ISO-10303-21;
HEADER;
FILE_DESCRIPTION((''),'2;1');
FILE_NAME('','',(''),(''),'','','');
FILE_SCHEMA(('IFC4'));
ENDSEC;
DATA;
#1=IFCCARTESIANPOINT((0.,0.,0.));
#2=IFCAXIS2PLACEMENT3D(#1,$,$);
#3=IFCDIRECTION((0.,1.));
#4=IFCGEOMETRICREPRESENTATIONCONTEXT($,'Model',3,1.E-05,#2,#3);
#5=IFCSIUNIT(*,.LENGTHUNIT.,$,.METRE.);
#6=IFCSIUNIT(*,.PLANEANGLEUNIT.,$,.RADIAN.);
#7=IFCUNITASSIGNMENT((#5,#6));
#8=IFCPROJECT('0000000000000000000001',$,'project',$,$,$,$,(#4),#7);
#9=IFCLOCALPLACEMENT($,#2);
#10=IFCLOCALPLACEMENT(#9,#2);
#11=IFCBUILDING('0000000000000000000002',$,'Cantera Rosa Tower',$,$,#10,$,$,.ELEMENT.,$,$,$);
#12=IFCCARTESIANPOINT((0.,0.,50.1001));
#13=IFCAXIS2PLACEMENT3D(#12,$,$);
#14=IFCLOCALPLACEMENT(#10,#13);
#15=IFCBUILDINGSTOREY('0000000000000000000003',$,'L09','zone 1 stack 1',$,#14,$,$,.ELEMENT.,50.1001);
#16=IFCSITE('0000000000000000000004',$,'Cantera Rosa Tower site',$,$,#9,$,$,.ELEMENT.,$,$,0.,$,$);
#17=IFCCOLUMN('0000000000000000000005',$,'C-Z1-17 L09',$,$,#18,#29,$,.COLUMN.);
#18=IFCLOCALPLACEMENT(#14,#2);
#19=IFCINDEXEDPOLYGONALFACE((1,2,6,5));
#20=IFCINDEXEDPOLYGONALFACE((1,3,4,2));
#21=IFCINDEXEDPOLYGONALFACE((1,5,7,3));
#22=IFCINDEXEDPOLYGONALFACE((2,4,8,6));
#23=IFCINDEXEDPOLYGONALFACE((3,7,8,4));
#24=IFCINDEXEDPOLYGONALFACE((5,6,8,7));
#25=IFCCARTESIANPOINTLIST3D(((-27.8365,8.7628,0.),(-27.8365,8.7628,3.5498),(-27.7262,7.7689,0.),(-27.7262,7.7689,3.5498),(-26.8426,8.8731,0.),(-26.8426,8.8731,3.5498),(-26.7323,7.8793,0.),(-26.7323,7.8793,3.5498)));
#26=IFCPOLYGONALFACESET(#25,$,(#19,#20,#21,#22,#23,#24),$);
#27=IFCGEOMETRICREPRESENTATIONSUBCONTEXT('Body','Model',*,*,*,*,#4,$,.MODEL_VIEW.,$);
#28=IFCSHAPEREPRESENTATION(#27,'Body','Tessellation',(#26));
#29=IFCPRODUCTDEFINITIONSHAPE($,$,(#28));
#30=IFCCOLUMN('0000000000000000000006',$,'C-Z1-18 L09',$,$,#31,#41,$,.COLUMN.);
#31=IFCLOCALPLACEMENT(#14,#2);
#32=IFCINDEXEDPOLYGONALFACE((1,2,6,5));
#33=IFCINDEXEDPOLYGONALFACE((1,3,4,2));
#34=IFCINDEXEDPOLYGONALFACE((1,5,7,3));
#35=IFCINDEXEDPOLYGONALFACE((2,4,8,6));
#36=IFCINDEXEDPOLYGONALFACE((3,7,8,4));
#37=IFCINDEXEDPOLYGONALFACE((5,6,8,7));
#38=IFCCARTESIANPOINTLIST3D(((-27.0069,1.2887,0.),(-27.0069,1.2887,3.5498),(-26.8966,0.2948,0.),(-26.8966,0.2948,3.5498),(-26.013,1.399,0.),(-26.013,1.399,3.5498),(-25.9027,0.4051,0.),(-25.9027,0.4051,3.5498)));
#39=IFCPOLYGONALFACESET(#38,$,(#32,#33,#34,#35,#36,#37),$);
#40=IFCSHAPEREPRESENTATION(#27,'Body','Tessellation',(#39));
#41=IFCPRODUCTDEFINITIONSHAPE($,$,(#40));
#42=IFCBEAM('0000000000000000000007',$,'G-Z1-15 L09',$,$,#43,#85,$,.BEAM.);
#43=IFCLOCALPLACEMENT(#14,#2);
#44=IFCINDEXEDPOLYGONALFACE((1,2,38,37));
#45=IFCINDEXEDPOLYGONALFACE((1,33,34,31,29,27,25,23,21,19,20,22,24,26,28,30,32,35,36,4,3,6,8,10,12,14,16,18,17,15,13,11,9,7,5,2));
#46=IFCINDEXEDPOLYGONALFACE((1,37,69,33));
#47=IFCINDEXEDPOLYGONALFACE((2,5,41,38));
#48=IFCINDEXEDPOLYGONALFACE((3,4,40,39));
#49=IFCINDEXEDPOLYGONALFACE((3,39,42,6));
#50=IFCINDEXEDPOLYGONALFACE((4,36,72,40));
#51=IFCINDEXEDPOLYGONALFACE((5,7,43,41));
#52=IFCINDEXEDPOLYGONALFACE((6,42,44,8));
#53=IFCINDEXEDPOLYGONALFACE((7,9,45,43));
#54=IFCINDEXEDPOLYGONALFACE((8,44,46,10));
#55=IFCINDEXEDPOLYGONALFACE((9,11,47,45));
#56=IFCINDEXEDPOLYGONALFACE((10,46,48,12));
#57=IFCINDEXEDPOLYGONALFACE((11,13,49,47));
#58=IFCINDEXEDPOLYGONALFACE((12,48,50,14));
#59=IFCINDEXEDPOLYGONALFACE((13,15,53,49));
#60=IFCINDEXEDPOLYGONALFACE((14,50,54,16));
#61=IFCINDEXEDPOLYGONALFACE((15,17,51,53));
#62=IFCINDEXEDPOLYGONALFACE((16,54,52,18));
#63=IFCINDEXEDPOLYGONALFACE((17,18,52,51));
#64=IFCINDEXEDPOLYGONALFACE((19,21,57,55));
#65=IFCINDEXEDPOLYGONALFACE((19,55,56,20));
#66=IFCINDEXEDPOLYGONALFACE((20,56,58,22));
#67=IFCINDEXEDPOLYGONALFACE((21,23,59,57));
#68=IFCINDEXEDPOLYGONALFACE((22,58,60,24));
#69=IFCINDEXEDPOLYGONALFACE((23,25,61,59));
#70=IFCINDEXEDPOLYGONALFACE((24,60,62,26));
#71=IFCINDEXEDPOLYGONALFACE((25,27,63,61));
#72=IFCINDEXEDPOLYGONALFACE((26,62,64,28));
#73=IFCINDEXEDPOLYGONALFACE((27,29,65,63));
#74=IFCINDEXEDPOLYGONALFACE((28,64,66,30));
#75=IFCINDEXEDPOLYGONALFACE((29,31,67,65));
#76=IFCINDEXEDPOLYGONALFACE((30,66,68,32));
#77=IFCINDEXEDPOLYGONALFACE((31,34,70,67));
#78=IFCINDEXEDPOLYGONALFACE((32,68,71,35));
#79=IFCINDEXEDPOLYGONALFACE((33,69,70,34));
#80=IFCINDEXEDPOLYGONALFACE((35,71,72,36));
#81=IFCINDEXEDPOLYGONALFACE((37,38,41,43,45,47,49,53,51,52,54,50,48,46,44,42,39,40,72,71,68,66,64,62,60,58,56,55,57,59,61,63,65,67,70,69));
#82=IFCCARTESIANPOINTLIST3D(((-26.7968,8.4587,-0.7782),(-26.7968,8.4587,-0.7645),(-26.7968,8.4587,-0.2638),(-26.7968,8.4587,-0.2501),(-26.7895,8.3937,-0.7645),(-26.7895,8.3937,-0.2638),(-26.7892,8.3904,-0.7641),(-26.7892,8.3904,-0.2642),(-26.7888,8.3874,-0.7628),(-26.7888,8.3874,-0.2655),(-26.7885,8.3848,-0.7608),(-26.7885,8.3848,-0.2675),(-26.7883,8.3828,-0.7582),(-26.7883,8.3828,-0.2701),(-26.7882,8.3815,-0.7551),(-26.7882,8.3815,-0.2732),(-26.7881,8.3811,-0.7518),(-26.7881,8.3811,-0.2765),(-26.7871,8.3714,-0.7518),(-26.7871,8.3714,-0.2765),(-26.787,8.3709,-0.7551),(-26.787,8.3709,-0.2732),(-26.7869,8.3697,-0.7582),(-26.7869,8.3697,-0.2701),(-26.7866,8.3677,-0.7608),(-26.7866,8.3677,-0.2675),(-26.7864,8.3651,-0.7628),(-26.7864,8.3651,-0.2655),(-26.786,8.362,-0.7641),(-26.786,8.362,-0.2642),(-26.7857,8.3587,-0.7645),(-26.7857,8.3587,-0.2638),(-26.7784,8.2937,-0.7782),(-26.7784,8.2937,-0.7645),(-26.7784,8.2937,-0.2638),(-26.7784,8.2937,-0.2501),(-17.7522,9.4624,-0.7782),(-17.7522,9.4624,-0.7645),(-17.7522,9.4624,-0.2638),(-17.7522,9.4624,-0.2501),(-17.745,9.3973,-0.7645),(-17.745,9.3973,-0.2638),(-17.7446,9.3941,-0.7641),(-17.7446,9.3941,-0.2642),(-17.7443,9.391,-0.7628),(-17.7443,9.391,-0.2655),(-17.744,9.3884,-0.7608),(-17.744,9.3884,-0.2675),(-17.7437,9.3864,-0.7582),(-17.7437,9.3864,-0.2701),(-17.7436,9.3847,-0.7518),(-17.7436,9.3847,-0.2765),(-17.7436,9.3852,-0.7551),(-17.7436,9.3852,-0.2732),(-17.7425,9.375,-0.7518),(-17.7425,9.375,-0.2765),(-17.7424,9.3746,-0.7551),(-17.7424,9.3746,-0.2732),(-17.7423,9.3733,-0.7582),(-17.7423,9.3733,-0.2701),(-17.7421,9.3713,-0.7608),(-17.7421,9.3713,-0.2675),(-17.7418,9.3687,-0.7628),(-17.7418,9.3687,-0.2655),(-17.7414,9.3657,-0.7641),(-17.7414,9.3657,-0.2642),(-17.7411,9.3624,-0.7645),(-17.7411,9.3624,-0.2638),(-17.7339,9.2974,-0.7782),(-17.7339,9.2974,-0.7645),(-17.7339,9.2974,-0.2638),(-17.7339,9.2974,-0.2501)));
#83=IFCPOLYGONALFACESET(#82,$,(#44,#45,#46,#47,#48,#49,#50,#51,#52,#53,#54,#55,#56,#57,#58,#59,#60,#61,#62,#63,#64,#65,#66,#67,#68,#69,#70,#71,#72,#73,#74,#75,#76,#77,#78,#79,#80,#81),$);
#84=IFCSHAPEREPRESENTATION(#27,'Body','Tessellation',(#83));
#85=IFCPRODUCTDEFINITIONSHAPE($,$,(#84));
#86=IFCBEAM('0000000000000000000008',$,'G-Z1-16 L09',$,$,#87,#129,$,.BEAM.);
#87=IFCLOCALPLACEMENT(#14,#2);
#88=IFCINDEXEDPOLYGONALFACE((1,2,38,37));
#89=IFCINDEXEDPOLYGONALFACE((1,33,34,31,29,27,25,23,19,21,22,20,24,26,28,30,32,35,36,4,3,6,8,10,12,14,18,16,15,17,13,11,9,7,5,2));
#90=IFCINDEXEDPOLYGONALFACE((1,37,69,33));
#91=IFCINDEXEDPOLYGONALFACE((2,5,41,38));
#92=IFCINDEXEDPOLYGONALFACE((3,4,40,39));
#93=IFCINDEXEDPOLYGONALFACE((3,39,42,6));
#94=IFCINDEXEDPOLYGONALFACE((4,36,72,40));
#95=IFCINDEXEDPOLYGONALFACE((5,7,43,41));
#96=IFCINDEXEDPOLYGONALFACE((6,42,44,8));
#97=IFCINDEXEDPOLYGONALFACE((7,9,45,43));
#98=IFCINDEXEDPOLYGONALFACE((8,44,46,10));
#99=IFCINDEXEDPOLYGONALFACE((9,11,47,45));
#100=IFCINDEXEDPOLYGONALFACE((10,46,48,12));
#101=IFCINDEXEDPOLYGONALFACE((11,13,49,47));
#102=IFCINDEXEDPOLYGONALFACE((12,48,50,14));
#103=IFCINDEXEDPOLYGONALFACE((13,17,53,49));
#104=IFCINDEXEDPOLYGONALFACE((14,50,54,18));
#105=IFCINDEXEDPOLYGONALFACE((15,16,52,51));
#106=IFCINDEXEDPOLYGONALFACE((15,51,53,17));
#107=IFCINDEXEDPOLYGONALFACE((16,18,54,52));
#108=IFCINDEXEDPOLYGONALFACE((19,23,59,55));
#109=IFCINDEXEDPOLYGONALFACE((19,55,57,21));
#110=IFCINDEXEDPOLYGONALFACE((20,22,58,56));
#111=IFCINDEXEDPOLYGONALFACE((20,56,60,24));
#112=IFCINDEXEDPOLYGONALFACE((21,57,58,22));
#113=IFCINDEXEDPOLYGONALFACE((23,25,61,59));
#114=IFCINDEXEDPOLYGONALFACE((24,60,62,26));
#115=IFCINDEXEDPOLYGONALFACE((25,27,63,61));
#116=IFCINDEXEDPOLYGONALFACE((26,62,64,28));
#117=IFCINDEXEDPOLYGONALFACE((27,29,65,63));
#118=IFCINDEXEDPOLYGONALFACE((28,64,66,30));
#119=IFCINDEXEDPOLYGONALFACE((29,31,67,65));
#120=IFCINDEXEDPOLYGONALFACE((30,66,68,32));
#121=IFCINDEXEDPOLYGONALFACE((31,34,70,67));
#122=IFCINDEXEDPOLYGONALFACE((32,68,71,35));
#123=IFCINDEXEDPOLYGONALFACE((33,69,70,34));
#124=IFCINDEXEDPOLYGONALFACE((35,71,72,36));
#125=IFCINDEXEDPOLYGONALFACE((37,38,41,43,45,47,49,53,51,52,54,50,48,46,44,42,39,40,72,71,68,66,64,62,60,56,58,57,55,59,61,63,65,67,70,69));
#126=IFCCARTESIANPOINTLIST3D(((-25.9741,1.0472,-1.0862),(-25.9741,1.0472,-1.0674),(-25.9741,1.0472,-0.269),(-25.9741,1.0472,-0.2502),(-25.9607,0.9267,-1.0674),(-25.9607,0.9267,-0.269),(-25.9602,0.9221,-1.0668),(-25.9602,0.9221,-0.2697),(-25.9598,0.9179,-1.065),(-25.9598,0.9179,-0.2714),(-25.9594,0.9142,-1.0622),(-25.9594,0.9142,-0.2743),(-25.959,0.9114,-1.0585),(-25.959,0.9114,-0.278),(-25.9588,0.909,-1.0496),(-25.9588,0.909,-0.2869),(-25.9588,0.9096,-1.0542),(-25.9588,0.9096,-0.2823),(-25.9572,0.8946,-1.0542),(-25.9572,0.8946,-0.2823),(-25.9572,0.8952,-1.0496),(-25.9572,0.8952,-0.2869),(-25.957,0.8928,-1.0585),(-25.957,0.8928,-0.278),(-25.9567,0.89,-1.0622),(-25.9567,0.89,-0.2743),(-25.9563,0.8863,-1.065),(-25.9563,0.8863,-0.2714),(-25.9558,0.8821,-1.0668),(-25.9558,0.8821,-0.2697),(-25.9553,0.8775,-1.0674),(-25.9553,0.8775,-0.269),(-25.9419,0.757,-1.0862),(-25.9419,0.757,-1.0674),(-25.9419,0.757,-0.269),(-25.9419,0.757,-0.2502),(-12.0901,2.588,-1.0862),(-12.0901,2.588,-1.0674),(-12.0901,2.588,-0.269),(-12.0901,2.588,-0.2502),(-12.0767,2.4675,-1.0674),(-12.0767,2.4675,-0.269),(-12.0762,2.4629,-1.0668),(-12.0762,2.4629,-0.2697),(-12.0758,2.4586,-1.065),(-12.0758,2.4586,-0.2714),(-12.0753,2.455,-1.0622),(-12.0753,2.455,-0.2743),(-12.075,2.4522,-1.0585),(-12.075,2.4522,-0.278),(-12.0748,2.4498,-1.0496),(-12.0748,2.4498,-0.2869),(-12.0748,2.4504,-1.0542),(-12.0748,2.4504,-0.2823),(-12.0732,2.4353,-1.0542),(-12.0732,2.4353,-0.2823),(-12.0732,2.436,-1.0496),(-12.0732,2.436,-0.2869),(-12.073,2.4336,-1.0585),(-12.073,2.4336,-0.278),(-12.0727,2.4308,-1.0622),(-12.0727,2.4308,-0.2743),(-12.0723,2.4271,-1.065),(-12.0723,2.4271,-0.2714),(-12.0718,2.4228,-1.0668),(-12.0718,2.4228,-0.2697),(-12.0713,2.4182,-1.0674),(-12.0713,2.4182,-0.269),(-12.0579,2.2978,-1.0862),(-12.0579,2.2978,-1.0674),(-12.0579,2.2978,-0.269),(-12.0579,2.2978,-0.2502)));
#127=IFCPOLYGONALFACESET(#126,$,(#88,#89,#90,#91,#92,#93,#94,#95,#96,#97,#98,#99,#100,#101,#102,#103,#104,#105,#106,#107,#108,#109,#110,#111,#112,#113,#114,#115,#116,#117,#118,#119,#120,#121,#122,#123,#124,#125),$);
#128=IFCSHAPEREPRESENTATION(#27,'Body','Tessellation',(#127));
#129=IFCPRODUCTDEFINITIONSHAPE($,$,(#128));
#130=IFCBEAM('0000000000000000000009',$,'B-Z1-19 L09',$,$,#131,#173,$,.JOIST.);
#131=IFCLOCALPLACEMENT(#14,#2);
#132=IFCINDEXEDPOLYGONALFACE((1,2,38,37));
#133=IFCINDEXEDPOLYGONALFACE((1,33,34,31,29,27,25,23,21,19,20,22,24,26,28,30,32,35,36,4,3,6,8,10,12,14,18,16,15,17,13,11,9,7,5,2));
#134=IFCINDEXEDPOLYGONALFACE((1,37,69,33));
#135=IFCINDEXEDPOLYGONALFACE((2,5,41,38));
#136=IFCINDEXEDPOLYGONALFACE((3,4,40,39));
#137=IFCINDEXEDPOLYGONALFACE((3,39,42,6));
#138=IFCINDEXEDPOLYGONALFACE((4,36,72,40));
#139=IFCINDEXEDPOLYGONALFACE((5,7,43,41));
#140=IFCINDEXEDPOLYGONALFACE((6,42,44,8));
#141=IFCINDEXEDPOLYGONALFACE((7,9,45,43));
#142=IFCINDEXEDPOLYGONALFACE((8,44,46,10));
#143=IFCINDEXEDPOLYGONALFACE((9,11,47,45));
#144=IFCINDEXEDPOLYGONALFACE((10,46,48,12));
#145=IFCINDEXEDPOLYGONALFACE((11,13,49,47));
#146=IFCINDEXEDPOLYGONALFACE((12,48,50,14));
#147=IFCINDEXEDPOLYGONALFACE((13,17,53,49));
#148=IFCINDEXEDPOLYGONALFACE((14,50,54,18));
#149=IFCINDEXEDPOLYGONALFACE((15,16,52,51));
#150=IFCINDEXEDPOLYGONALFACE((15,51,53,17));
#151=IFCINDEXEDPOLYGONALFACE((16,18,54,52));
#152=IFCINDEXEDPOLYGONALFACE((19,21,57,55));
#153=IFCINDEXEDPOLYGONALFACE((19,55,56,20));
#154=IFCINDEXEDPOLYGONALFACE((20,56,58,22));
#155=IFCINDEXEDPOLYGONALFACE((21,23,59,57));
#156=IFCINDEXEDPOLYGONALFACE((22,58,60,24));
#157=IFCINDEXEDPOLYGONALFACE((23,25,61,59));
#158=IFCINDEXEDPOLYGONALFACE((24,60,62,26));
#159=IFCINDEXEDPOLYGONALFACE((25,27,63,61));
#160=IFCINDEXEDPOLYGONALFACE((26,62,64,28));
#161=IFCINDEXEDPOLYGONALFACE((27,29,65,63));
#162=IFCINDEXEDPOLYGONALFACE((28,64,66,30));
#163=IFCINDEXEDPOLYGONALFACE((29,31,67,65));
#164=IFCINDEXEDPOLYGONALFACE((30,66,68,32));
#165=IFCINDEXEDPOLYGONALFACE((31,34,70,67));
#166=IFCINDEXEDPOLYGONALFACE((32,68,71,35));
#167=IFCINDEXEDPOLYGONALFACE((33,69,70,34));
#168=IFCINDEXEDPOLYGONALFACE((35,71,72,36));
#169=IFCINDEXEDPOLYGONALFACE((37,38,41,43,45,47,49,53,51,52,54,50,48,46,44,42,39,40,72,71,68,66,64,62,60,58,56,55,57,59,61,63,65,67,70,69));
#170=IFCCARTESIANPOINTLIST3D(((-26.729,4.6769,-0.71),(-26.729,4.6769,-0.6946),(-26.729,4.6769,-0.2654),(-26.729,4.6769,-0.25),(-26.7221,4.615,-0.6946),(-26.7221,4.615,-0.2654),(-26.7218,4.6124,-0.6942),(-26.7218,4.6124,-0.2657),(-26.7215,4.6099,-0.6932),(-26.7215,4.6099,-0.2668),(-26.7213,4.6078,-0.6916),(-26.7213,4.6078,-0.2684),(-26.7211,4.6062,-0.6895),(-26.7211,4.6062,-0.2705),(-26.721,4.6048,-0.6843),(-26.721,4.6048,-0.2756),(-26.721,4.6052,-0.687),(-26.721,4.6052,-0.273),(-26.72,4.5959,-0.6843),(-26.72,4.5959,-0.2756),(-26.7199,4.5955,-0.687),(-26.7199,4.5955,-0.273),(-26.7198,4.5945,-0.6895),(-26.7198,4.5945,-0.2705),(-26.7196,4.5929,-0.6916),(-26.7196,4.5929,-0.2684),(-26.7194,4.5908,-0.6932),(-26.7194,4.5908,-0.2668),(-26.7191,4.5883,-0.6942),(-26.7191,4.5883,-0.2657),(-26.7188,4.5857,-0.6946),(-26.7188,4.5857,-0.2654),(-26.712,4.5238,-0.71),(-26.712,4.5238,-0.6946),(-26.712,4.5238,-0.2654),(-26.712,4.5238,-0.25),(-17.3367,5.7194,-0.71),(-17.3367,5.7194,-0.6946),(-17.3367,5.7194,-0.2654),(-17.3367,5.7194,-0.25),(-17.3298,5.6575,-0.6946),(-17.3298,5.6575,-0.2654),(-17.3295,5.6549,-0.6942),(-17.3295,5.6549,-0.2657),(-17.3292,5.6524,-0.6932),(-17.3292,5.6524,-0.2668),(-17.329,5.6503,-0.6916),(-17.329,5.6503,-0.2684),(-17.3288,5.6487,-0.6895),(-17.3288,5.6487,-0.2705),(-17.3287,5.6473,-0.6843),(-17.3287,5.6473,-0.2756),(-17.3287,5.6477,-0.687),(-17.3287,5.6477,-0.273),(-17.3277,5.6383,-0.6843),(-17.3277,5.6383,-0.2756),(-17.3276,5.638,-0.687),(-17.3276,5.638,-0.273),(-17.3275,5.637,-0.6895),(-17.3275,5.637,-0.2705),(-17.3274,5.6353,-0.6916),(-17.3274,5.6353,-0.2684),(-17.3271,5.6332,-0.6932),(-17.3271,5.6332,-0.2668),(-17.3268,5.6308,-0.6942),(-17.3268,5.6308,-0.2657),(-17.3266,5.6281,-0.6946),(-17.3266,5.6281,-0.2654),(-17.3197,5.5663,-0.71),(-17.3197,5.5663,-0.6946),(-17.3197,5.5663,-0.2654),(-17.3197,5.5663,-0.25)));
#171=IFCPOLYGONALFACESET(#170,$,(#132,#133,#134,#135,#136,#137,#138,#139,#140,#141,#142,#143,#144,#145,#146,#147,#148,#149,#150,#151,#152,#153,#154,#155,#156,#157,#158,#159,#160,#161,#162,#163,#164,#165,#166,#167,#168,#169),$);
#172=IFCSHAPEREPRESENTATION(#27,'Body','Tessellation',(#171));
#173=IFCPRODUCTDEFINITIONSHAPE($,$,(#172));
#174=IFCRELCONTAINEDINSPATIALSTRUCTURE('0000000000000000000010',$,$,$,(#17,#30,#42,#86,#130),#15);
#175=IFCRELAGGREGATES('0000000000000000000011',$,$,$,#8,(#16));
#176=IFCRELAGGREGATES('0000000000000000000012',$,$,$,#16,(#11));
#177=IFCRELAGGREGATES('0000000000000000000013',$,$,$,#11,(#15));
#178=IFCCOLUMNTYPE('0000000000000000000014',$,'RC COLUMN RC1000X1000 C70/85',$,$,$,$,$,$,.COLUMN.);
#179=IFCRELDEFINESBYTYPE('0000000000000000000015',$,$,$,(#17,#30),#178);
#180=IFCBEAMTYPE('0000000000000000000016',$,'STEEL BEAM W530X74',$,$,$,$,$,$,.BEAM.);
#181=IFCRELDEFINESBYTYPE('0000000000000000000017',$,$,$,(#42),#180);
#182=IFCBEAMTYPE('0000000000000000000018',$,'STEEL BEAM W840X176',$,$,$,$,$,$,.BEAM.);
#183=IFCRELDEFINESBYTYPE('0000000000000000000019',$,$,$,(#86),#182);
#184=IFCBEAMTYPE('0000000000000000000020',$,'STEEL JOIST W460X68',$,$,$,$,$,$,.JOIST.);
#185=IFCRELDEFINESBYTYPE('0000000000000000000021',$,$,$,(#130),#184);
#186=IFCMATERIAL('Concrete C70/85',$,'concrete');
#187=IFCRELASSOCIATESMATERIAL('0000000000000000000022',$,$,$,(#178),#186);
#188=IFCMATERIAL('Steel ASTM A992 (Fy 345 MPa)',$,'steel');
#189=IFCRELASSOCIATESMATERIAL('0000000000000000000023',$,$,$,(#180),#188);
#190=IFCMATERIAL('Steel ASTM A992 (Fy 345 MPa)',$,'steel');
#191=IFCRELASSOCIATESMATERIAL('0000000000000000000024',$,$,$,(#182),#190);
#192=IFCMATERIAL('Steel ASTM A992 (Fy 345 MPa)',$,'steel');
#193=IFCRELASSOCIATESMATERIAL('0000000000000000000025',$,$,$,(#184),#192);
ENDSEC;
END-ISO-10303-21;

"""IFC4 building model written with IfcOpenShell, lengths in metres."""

from ifc_helpers import new_model, si_unit, direction, frame, origin, origin_2d, place, context, subcontext, project, spatial, rectangle, i_section, extrude, material, material_profile, profile_set, type_object, element, save


model = new_model("IFC4")

# Units and contexts
model_context = context("Model", 3, precision=1e-05, world=origin(), true_north=direction((0.0, 1.0)))
body_context = subcontext(model_context, "Body", "Model", "MODEL_VIEW")
ifc_project = project(units=[si_unit("LENGTHUNIT", "METRE"), si_unit("PLANEANGLEUNIT", "RADIAN")], contexts=[model_context])

# Site, building, storey
site_placement = place(None, origin())
site = spatial("IfcSite", under=ifc_project, at=site_placement, Name="Cantera Rosa Tower site", CompositionType="ELEMENT", RefElevation=0.0)
building_placement = place(site_placement, origin())
building = spatial("IfcBuilding", under=site, at=building_placement, Name="Cantera Rosa Tower", CompositionType="ELEMENT")
storey_placement = place(building_placement, frame((0.0, 0.0, 50.1001)))
storey = spatial("IfcBuildingStorey", under=building, at=storey_placement, Name="L09", Description="zone 1 stack 1", CompositionType="ELEMENT", Elevation=50.1001)

# Columns
ifc_material_1 = material(Name="Concrete C70/85", Category="concrete")
ifc_material_profile_1 = material_profile(ifc_material_1, rectangle(XDim=1.0, YDim=1.0, at=origin_2d()), Name="RC COLUMN RC1000X1000 C70/85")
ifc_profile_set_1 = profile_set([ifc_material_profile_1], Name="Concrete C70/85")
column_type = type_object("IfcColumnType", Name="RC COLUMN RC1000X1000 C70/85", PredefinedType="COLUMN", material=ifc_profile_set_1)
for number, where, z_axis, x_axis, name in (
    (1, (-27.2844, 8.321, 0.0), (0.0, 0.0, 1.0), (0.993897, 0.110313, 0.0), "C-Z1-17 L09"),
    (2, (-26.4548, 0.8469, 0.0), (0.0, 0.0, 1.0), (0.993897, 0.110313, 0.0), "C-Z1-18 L09"),
):
    element("IfcColumn", number, at=place(storey_placement, frame(where, z_axis=z_axis, x_axis=x_axis)), inside=storey, type_object=column_type, Name=name, PredefinedType="COLUMN", context=body_context, shape_type="SweptSolid", body=[
        extrude(rectangle(XDim=1.0, YDim=1.0, at=origin_2d()), origin(), (0.0, 0.0, 1.0), 3.5498),
    ])

# Beams
ifc_material_2 = material(Name="Steel ASTM A992 (Fy 345 MPa)", Category="steel")
ifc_material_profile_2 = material_profile(ifc_material_2, i_section(OverallWidth=0.166, OverallDepth=0.5281, WebThickness=0.0098, FlangeThickness=0.0137, FilletRadius=0.0127, at=origin_2d()), Name="W530X74")
ifc_profile_set_2 = profile_set([ifc_material_profile_2], Name="Steel ASTM A992 (Fy 345 MPa)")
beam_type_1 = type_object("IfcBeamType", Name="STEEL BEAM W530X74", PredefinedType="BEAM", material=ifc_profile_set_2)
beam_1_placement = place(storey_placement, frame((-26.7876, 8.3762, -0.5142), z_axis=(0.993899, 0.11029, 0.0), x_axis=(-0.11029, 0.993899, 0.0)))
element("IfcBeam", 3, at=beam_1_placement, inside=storey, type_object=beam_type_1, Name="G-Z1-15 L09", PredefinedType="BEAM", context=body_context, shape_type="SweptSolid", body=[
    extrude(i_section(OverallWidth=0.166, OverallDepth=0.5281, WebThickness=0.0098, FlangeThickness=0.0137, FilletRadius=0.0127, at=origin_2d()), origin(), (0.0, 0.0, 1.0), 9.1001),
])
ifc_material_3 = material(Name="Steel ASTM A992 (Fy 345 MPa)", Category="steel")
ifc_material_profile_3 = material_profile(ifc_material_3, i_section(OverallWidth=0.292, OverallDepth=0.8359, WebThickness=0.0139, FlangeThickness=0.0188, FilletRadius=0.0178, at=origin_2d()), Name="W840X176")
ifc_profile_set_3 = profile_set([ifc_material_profile_3], Name="Steel ASTM A992 (Fy 345 MPa)")
beam_type_2 = type_object("IfcBeamType", Name="STEEL BEAM W840X176", PredefinedType="BEAM", material=ifc_profile_set_3)
beam_2_placement = place(storey_placement, frame((-25.958, 0.9021, -0.6682), z_axis=(0.993899, 0.110297, 0.0), x_axis=(-0.110297, 0.993899, 0.0)))
element("IfcBeam", 4, at=beam_2_placement, inside=storey, type_object=beam_type_2, Name="G-Z1-16 L09", PredefinedType="BEAM", context=body_context, shape_type="SweptSolid", body=[
    extrude(i_section(OverallWidth=0.292, OverallDepth=0.8359, WebThickness=0.0139, FlangeThickness=0.0188, FilletRadius=0.0178, at=origin_2d()), origin(), (0.0, 0.0, 1.0), 13.9692),
])
ifc_material_4 = material(Name="Steel ASTM A992 (Fy 345 MPa)", Category="steel")
ifc_material_profile_4 = material_profile(ifc_material_4, i_section(OverallWidth=0.1541, OverallDepth=0.46, WebThickness=0.009, FlangeThickness=0.0154, FilletRadius=0.0103, at=origin_2d()), Name="W460X68")
ifc_profile_set_4 = profile_set([ifc_material_profile_4], Name="Steel ASTM A992 (Fy 345 MPa)")
beam_type_3 = type_object("IfcBeamType", Name="STEEL JOIST W460X68", PredefinedType="JOIST", material=ifc_profile_set_4)
beam_3_placement = place(storey_placement, frame((-26.7205, 4.6003, -0.48), z_axis=(0.993897, 0.110315, 0.0), x_axis=(-0.110315, 0.993897, 0.0)))
element("IfcBeam", 5, at=beam_3_placement, inside=storey, type_object=beam_type_3, Name="B-Z1-19 L09", PredefinedType="JOIST", context=body_context, shape_type="SweptSolid", body=[
    extrude(i_section(OverallWidth=0.1541, OverallDepth=0.46, WebThickness=0.009, FlangeThickness=0.0154, FilletRadius=0.0103, at=origin_2d()), origin(), (0.0, 0.0, 1.0), 9.45),
])

save(model, "model.ifc")
